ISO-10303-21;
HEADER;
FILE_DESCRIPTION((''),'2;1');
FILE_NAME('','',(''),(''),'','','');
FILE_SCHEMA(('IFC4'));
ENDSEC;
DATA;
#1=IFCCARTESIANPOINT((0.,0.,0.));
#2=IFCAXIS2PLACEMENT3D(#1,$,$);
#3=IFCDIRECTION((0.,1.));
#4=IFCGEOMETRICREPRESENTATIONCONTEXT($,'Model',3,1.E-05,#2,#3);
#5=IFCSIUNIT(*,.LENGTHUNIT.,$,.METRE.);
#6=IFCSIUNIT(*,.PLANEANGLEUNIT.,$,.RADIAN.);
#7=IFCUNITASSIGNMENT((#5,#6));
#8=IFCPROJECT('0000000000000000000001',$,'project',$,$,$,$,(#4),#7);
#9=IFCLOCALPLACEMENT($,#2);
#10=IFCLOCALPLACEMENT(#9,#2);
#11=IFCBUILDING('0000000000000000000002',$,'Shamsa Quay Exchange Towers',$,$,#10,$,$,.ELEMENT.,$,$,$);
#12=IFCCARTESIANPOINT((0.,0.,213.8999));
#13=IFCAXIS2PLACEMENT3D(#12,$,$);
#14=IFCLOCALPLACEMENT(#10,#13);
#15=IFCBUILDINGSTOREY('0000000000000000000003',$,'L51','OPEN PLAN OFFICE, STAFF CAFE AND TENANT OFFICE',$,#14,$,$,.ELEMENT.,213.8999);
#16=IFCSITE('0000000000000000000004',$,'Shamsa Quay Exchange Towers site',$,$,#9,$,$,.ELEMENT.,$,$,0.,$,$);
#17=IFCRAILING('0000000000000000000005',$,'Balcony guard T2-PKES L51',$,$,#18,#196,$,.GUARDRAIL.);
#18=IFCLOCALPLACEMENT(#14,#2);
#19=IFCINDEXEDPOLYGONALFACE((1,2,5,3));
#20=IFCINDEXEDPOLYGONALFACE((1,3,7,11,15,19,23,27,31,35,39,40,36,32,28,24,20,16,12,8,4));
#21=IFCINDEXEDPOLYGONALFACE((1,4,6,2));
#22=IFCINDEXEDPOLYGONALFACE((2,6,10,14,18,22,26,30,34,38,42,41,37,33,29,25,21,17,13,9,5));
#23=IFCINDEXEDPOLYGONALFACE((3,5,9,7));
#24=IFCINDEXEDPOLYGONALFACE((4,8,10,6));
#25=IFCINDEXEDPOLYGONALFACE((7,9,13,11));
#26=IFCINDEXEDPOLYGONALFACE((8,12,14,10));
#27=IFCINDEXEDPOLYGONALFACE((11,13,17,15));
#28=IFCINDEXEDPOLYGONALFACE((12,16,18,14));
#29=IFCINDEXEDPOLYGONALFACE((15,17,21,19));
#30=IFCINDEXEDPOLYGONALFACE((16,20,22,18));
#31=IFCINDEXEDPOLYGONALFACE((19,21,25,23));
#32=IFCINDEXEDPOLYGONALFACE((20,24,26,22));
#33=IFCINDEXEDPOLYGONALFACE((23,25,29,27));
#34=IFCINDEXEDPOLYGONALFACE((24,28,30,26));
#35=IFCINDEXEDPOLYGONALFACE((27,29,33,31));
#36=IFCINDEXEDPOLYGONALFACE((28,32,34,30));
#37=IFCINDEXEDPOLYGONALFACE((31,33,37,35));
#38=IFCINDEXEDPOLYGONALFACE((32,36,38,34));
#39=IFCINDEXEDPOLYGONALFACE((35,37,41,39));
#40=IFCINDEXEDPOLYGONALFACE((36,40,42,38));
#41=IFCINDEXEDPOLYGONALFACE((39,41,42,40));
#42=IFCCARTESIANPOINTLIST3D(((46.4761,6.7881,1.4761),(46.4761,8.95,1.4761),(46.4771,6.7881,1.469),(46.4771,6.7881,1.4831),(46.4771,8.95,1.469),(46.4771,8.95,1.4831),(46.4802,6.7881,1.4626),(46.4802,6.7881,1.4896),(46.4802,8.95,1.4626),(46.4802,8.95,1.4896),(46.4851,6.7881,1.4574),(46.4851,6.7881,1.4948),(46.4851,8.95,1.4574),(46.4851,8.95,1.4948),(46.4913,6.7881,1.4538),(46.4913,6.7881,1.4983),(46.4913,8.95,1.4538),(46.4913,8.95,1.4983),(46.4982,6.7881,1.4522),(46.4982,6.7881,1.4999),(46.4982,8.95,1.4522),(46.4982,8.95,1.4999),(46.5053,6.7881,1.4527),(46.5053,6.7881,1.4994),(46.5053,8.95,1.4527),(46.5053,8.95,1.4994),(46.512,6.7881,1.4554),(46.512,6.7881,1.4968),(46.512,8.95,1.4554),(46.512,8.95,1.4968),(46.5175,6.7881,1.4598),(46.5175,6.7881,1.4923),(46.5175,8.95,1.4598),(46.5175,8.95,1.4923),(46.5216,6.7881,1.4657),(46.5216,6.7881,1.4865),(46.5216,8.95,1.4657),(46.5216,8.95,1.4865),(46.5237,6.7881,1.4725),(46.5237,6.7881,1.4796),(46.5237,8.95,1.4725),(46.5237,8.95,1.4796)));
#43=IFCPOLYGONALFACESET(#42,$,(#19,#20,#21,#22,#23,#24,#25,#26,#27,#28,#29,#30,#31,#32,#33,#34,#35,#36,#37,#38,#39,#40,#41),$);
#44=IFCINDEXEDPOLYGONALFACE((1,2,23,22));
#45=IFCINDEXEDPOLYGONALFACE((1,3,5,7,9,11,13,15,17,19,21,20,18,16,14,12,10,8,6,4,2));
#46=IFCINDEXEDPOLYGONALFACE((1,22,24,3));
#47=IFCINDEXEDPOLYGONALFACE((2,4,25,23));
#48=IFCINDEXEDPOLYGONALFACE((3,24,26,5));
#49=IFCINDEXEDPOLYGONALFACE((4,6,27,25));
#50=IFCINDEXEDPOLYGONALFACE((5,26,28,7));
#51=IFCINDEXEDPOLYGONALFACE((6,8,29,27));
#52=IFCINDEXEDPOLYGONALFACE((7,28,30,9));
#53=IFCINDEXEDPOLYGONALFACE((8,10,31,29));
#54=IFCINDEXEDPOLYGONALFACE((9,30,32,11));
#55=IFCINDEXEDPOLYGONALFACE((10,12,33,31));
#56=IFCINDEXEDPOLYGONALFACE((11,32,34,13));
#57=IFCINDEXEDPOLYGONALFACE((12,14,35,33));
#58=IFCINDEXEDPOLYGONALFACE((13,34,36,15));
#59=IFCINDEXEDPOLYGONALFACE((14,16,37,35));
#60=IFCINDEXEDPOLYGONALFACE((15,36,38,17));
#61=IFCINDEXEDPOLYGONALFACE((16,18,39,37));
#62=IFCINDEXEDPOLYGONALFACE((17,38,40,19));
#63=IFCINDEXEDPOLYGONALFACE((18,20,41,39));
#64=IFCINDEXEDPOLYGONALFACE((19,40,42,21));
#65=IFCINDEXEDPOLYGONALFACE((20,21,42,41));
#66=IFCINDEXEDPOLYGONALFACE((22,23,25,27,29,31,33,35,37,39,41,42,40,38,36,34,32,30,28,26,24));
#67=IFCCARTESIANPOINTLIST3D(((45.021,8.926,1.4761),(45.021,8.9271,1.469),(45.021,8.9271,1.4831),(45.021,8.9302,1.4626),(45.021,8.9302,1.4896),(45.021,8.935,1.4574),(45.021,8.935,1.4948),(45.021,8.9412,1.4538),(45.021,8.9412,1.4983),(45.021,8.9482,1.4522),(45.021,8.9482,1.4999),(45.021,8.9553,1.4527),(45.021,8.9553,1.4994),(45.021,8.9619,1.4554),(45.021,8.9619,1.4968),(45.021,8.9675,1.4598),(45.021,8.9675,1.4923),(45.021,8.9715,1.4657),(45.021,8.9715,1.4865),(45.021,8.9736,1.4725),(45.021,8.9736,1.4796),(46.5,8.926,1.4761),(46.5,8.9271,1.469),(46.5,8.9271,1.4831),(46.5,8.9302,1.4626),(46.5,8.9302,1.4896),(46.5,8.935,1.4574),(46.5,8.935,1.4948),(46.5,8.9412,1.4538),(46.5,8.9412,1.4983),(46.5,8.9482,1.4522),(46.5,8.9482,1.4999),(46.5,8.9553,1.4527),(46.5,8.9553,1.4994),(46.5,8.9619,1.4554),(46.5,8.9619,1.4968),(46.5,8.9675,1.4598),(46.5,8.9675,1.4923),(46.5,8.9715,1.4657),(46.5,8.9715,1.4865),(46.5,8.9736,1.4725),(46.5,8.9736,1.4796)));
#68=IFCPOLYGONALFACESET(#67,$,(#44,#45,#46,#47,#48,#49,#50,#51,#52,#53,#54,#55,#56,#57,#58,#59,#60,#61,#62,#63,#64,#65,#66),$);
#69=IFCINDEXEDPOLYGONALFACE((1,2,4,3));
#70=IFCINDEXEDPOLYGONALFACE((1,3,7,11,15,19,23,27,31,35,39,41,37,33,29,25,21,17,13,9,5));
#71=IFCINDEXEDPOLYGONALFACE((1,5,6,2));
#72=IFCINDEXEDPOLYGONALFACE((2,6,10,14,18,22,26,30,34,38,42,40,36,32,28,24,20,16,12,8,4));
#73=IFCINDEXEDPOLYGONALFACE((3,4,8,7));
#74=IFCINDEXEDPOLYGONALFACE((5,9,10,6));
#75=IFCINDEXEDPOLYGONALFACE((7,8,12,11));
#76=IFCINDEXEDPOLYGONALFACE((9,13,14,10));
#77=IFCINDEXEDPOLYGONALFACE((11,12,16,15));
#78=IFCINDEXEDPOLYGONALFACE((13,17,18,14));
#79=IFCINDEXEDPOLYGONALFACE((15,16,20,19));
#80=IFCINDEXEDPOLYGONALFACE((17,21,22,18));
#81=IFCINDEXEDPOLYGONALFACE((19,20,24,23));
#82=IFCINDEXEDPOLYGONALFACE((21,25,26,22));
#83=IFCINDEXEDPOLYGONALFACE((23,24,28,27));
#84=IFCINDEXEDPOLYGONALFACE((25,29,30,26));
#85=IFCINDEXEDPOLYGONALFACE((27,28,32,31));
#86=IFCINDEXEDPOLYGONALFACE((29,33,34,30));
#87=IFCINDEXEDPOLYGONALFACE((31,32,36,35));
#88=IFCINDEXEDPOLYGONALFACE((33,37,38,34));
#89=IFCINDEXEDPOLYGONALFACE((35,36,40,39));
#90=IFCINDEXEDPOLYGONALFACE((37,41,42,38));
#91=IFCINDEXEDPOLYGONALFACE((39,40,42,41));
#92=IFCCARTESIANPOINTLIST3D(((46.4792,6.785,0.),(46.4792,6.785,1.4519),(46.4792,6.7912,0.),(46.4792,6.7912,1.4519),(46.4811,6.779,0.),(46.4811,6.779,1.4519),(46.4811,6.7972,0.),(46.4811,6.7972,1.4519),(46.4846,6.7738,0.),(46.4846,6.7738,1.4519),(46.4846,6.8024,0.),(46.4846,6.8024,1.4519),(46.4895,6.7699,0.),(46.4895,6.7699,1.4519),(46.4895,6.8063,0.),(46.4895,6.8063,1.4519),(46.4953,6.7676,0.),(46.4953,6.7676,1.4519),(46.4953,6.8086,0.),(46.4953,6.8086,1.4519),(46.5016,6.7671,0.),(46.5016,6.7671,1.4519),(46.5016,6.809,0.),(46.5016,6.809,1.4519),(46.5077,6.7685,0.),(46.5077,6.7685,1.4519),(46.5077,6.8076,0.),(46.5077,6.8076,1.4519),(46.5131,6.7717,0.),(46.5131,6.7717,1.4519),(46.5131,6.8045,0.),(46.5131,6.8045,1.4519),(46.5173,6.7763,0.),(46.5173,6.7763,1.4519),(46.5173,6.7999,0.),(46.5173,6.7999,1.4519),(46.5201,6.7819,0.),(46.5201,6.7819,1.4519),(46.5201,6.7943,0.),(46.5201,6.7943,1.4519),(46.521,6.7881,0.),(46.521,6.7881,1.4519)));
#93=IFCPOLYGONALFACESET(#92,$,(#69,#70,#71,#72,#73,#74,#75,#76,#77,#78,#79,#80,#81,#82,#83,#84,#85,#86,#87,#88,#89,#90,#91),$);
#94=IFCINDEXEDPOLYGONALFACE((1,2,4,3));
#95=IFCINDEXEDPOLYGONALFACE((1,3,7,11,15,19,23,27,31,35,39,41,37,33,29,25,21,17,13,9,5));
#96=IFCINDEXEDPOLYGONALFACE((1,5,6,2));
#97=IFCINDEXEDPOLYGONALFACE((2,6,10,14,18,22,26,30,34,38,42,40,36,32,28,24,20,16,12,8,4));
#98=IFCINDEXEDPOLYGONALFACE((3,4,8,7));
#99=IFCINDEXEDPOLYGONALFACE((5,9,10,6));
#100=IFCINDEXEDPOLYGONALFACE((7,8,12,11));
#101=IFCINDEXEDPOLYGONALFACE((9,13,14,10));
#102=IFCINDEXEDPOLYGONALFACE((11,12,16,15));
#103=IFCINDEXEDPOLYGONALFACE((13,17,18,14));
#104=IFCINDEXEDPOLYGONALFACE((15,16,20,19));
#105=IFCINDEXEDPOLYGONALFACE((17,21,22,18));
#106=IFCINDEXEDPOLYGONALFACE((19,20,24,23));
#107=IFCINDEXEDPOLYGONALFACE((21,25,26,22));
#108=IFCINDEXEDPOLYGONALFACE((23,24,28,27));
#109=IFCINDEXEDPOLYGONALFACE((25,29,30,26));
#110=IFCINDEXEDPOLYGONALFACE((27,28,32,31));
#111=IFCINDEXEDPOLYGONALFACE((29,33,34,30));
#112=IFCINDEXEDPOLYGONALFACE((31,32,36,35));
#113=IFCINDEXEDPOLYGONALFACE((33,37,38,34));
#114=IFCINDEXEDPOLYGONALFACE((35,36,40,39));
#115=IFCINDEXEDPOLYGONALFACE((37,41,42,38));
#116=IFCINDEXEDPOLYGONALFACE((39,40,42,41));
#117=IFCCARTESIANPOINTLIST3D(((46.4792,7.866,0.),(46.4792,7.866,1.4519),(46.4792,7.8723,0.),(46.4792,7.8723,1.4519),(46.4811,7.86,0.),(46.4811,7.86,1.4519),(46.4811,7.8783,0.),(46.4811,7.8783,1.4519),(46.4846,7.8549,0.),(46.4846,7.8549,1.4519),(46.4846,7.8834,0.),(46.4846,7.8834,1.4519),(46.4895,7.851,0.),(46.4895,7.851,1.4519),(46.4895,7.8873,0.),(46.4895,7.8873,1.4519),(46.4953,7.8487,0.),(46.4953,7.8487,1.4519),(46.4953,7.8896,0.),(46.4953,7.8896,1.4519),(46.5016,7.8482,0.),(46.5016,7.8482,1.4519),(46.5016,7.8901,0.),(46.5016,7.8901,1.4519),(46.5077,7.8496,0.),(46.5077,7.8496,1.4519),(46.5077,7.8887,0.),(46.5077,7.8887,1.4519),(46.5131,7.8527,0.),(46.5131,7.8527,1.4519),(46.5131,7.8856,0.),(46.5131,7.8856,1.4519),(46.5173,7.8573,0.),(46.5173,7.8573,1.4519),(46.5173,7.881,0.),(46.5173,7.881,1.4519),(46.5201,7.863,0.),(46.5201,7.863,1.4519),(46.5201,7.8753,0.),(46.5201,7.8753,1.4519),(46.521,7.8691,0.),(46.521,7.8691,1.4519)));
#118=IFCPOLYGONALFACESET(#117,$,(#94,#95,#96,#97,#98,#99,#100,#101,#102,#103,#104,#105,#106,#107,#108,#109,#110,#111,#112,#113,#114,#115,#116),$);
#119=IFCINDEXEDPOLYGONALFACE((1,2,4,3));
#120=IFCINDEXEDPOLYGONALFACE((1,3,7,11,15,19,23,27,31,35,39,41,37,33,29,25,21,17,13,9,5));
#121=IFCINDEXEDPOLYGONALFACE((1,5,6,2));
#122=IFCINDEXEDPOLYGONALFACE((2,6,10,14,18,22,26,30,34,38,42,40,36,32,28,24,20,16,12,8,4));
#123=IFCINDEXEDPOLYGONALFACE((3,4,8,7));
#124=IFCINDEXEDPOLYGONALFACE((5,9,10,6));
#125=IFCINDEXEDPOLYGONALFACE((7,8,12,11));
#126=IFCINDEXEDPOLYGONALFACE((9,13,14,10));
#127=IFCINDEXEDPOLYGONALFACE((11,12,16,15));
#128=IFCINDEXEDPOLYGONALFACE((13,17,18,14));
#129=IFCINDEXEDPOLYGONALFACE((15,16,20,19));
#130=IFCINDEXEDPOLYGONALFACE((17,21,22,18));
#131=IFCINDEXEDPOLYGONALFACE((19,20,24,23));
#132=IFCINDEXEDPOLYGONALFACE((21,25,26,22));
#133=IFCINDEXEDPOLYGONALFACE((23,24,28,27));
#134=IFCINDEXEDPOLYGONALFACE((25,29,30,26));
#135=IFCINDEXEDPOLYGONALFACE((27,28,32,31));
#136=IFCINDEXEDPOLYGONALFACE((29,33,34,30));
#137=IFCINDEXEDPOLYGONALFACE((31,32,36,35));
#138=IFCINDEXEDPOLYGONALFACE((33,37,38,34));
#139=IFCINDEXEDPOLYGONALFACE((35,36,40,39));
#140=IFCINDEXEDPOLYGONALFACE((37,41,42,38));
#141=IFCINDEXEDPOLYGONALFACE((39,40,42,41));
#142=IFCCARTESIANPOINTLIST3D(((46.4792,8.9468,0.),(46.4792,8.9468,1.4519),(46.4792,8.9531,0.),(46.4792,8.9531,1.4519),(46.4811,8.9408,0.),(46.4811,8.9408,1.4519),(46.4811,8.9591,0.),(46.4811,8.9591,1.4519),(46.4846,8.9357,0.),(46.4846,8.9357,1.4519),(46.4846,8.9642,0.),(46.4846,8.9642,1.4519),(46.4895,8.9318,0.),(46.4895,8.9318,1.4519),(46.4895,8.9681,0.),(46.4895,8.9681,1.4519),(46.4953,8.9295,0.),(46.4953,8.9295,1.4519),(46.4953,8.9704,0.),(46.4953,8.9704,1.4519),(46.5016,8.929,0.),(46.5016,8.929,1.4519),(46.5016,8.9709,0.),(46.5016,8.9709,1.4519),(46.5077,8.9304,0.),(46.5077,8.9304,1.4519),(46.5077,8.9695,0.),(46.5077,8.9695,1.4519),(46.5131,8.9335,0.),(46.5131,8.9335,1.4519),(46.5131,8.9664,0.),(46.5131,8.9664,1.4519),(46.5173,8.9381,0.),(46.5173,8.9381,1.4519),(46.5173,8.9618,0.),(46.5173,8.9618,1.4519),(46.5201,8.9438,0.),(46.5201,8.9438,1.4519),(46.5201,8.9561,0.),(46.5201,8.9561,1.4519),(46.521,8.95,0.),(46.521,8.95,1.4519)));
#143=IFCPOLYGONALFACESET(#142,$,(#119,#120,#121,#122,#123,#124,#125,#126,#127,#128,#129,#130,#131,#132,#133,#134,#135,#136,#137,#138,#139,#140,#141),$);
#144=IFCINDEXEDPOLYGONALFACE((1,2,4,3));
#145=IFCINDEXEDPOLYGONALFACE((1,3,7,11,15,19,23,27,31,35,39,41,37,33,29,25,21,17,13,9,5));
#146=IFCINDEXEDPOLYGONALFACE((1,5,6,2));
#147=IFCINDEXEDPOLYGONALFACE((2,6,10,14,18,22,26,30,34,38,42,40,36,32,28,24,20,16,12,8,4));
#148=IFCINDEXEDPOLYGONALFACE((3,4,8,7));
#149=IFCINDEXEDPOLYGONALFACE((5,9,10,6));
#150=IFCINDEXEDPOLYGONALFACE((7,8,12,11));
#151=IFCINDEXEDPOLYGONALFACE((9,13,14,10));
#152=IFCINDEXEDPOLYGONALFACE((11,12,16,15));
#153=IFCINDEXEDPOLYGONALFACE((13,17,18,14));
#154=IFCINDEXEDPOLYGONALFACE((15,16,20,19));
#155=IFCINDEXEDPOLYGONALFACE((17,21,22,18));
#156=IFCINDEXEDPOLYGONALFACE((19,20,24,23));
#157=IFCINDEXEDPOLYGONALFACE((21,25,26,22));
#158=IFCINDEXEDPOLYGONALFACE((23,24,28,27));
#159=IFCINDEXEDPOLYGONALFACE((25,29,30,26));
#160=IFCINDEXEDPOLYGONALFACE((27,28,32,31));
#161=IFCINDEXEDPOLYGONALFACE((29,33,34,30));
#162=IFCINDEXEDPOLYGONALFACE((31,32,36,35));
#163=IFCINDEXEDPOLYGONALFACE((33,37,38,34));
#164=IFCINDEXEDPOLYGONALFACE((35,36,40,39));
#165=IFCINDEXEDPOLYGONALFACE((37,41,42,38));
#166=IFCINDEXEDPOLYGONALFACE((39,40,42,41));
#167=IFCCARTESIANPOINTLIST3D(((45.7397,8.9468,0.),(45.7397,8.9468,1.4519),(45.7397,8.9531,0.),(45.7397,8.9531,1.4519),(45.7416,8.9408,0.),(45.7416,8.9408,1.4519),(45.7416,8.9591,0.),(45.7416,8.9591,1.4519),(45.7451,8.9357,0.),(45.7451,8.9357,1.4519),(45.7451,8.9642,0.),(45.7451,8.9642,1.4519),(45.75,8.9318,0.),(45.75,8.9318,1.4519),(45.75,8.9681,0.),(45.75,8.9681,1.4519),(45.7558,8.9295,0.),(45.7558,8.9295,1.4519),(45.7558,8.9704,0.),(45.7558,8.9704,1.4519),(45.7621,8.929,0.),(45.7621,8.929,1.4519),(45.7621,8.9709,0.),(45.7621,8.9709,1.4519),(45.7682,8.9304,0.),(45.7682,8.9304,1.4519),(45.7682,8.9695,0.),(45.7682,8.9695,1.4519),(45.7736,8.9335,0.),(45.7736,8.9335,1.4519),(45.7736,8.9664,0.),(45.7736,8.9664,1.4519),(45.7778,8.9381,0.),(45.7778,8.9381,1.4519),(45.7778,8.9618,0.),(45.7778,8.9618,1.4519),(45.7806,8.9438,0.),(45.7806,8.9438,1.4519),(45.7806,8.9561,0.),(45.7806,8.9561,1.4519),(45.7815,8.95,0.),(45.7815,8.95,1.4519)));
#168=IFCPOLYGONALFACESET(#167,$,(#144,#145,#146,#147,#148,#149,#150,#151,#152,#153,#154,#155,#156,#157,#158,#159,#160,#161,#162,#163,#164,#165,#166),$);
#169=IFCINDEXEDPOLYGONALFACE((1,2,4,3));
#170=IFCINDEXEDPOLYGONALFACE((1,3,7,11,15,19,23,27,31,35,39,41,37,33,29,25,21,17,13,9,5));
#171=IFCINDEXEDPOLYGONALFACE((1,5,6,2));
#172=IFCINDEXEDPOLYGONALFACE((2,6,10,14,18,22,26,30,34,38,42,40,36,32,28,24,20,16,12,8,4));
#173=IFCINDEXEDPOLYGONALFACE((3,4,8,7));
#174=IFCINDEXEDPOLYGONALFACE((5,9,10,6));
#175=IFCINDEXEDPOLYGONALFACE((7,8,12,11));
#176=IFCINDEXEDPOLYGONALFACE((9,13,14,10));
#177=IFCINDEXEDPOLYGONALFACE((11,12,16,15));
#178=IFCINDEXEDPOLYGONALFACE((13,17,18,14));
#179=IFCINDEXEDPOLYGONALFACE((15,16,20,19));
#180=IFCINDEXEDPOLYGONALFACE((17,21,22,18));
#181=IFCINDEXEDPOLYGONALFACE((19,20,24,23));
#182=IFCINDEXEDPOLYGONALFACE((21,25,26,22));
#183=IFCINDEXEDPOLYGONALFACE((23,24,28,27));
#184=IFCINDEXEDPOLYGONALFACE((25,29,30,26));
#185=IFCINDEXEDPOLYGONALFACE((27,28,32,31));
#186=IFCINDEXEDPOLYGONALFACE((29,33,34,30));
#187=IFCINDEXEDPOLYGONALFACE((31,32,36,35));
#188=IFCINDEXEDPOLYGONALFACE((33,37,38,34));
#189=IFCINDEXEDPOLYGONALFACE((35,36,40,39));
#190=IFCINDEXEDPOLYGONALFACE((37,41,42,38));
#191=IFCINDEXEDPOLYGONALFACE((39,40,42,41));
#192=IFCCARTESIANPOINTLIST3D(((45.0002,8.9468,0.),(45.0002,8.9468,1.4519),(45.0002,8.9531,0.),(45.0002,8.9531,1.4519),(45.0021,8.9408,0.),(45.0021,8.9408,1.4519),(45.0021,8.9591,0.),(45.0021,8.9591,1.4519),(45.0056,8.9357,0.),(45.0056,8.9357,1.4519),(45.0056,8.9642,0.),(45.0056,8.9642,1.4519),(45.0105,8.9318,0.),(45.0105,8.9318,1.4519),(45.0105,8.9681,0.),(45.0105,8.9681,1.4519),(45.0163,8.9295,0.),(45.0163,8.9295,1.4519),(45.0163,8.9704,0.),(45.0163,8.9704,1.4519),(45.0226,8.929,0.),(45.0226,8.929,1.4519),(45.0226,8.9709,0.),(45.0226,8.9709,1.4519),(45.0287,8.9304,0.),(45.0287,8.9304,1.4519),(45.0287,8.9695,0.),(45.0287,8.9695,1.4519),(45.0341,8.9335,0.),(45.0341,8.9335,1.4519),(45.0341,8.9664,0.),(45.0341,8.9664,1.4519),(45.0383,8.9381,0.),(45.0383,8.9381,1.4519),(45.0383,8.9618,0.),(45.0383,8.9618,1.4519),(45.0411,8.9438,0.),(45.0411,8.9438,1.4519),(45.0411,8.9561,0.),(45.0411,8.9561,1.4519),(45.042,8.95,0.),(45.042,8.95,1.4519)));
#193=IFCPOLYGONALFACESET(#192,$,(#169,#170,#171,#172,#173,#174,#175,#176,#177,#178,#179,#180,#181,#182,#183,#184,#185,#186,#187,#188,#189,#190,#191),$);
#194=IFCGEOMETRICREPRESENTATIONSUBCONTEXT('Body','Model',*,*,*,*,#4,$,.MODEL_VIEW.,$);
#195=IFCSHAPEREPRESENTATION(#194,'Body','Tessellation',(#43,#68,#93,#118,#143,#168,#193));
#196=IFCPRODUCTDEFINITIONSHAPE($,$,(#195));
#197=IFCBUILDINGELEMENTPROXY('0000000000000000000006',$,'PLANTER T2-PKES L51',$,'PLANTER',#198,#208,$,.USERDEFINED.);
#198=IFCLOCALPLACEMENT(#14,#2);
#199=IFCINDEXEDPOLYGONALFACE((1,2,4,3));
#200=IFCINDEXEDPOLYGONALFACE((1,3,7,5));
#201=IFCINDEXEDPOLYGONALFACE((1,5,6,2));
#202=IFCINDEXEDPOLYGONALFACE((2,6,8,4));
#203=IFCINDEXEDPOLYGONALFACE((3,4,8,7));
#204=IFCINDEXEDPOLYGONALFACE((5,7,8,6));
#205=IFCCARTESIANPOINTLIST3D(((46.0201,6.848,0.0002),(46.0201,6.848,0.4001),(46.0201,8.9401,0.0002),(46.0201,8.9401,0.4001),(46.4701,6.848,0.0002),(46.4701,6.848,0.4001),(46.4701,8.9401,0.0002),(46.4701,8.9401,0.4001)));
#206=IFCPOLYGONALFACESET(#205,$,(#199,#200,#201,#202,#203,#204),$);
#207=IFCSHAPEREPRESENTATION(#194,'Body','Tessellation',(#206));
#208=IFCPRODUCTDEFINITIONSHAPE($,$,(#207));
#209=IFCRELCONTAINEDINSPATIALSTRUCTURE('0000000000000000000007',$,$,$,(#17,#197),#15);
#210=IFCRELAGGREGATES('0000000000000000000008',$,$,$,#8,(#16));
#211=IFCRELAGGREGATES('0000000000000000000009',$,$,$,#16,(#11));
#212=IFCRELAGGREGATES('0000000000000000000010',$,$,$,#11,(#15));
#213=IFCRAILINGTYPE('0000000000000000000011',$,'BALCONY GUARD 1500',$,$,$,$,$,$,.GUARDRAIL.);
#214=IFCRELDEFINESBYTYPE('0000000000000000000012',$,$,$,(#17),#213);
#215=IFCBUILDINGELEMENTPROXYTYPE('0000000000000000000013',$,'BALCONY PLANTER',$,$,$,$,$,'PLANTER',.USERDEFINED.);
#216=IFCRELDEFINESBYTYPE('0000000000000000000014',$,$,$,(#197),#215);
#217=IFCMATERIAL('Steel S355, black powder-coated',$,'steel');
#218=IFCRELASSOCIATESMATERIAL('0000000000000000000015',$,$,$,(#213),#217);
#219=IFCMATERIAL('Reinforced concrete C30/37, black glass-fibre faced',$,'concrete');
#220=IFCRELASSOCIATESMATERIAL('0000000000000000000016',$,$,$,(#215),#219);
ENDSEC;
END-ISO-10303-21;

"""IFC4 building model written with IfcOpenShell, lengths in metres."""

from ifc_helpers import new_model, si_unit, direction, frame, origin, origin_2d, place, context, subcontext, project, spatial, rectangle, circle, extrude, material, type_object, element, save


model = new_model("IFC4")

# Units and contexts
model_context = context("Model", 3, precision=1e-05, world=origin(), true_north=direction((0.0, 1.0)))
body_context = subcontext(model_context, "Body", "Model", "MODEL_VIEW")
ifc_project = project(units=[si_unit("LENGTHUNIT", "METRE"), si_unit("PLANEANGLEUNIT", "RADIAN")], contexts=[model_context])

# Site, building, storey
site_placement = place(None, origin())
site = spatial("IfcSite", under=ifc_project, at=site_placement, Name="Shamsa Quay Exchange Towers site", CompositionType="ELEMENT", RefElevation=0.0)
building_placement = place(site_placement, origin())
building = spatial("IfcBuilding", under=site, at=building_placement, Name="Shamsa Quay Exchange Towers", CompositionType="ELEMENT")
storey_placement = place(building_placement, frame((0.0, 0.0, 213.8999)))
storey = spatial("IfcBuildingStorey", under=building, at=storey_placement, Name="L51", Description="OPEN PLAN OFFICE, STAFF CAFE AND TENANT OFFICE", CompositionType="ELEMENT", Elevation=213.8999)

# Railing
ifc_material_1 = material(Name="Steel S355, black powder-coated", Category="steel")
railing_type_1 = type_object("IfcRailingType", Name="BALCONY GUARD 1500", PredefinedType="GUARDRAIL", material=ifc_material_1)
for number, where, name in (
    (1, (46.5, 6.7881, 0.0), "Balcony guard T2-PKES L51"),
):
    element("IfcRailing", number, at=place(storey_placement, frame(where)), inside=storey, type_object=railing_type_1, Name=name, PredefinedType="GUARDRAIL", context=body_context, shape_type="SweptSolid", body=[
        extrude(circle(Radius=0.0239, at=origin_2d()), frame((0.0, 0.0, 1.4761), z_axis=(0.0, 1.0, 0.0), x_axis=(-1.0, 0.0, 0.0)), (0.0, 0.0, 1.0), 2.1619),
        extrude(circle(Radius=0.0239, at=origin_2d()), frame((0.0, 2.1619, 1.4761), z_axis=(-1.0, 0.0, 0.0), x_axis=(0.0, -1.0, 0.0)), (0.0, 0.0, 1.0), 1.479),
        extrude(circle(Radius=0.021, at=origin_2d()), origin(), (0.0, 0.0, 1.0), 1.4519),
        extrude(circle(Radius=0.021, at=origin_2d()), frame((0.0, 1.0811, 0.0)), (0.0, 0.0, 1.0), 1.4519),
        extrude(circle(Radius=0.021, at=origin_2d()), frame((0.0, 2.1619, 0.0)), (0.0, 0.0, 1.0), 1.4519),
        extrude(circle(Radius=0.021, at=origin_2d()), frame((-0.7395, 2.1619, 0.0)), (0.0, 0.0, 1.0), 1.4519),
        extrude(circle(Radius=0.021, at=origin_2d()), frame((-1.479, 2.1619, 0.0)), (0.0, 0.0, 1.0), 1.4519),
    ])

# Building element proxy
ifc_material_2 = material(Name="Reinforced concrete C30/37, black glass-fibre faced", Category="concrete")
building_element_proxy_type = type_object("IfcBuildingElementProxyType", Name="BALCONY PLANTER", ElementType="PLANTER", PredefinedType="USERDEFINED", material=ifc_material_2)
proxy_placement = place(storey_placement, frame((46.2451, 7.894, 0.0002), z_axis=(0.0, 0.0, 1.0), x_axis=(0.0, 1.0, 0.0)))
element("IfcBuildingElementProxy", 2, at=proxy_placement, inside=storey, type_object=building_element_proxy_type, Name="PLANTER T2-PKES L51", ObjectType="PLANTER", PredefinedType="USERDEFINED", context=body_context, shape_type="SweptSolid", body=[
    extrude(rectangle(XDim=2.092, YDim=0.45, at=origin_2d()), origin(), (0.0, 0.0, 1.0), 0.3999),
])

save(model, "model.ifc")
